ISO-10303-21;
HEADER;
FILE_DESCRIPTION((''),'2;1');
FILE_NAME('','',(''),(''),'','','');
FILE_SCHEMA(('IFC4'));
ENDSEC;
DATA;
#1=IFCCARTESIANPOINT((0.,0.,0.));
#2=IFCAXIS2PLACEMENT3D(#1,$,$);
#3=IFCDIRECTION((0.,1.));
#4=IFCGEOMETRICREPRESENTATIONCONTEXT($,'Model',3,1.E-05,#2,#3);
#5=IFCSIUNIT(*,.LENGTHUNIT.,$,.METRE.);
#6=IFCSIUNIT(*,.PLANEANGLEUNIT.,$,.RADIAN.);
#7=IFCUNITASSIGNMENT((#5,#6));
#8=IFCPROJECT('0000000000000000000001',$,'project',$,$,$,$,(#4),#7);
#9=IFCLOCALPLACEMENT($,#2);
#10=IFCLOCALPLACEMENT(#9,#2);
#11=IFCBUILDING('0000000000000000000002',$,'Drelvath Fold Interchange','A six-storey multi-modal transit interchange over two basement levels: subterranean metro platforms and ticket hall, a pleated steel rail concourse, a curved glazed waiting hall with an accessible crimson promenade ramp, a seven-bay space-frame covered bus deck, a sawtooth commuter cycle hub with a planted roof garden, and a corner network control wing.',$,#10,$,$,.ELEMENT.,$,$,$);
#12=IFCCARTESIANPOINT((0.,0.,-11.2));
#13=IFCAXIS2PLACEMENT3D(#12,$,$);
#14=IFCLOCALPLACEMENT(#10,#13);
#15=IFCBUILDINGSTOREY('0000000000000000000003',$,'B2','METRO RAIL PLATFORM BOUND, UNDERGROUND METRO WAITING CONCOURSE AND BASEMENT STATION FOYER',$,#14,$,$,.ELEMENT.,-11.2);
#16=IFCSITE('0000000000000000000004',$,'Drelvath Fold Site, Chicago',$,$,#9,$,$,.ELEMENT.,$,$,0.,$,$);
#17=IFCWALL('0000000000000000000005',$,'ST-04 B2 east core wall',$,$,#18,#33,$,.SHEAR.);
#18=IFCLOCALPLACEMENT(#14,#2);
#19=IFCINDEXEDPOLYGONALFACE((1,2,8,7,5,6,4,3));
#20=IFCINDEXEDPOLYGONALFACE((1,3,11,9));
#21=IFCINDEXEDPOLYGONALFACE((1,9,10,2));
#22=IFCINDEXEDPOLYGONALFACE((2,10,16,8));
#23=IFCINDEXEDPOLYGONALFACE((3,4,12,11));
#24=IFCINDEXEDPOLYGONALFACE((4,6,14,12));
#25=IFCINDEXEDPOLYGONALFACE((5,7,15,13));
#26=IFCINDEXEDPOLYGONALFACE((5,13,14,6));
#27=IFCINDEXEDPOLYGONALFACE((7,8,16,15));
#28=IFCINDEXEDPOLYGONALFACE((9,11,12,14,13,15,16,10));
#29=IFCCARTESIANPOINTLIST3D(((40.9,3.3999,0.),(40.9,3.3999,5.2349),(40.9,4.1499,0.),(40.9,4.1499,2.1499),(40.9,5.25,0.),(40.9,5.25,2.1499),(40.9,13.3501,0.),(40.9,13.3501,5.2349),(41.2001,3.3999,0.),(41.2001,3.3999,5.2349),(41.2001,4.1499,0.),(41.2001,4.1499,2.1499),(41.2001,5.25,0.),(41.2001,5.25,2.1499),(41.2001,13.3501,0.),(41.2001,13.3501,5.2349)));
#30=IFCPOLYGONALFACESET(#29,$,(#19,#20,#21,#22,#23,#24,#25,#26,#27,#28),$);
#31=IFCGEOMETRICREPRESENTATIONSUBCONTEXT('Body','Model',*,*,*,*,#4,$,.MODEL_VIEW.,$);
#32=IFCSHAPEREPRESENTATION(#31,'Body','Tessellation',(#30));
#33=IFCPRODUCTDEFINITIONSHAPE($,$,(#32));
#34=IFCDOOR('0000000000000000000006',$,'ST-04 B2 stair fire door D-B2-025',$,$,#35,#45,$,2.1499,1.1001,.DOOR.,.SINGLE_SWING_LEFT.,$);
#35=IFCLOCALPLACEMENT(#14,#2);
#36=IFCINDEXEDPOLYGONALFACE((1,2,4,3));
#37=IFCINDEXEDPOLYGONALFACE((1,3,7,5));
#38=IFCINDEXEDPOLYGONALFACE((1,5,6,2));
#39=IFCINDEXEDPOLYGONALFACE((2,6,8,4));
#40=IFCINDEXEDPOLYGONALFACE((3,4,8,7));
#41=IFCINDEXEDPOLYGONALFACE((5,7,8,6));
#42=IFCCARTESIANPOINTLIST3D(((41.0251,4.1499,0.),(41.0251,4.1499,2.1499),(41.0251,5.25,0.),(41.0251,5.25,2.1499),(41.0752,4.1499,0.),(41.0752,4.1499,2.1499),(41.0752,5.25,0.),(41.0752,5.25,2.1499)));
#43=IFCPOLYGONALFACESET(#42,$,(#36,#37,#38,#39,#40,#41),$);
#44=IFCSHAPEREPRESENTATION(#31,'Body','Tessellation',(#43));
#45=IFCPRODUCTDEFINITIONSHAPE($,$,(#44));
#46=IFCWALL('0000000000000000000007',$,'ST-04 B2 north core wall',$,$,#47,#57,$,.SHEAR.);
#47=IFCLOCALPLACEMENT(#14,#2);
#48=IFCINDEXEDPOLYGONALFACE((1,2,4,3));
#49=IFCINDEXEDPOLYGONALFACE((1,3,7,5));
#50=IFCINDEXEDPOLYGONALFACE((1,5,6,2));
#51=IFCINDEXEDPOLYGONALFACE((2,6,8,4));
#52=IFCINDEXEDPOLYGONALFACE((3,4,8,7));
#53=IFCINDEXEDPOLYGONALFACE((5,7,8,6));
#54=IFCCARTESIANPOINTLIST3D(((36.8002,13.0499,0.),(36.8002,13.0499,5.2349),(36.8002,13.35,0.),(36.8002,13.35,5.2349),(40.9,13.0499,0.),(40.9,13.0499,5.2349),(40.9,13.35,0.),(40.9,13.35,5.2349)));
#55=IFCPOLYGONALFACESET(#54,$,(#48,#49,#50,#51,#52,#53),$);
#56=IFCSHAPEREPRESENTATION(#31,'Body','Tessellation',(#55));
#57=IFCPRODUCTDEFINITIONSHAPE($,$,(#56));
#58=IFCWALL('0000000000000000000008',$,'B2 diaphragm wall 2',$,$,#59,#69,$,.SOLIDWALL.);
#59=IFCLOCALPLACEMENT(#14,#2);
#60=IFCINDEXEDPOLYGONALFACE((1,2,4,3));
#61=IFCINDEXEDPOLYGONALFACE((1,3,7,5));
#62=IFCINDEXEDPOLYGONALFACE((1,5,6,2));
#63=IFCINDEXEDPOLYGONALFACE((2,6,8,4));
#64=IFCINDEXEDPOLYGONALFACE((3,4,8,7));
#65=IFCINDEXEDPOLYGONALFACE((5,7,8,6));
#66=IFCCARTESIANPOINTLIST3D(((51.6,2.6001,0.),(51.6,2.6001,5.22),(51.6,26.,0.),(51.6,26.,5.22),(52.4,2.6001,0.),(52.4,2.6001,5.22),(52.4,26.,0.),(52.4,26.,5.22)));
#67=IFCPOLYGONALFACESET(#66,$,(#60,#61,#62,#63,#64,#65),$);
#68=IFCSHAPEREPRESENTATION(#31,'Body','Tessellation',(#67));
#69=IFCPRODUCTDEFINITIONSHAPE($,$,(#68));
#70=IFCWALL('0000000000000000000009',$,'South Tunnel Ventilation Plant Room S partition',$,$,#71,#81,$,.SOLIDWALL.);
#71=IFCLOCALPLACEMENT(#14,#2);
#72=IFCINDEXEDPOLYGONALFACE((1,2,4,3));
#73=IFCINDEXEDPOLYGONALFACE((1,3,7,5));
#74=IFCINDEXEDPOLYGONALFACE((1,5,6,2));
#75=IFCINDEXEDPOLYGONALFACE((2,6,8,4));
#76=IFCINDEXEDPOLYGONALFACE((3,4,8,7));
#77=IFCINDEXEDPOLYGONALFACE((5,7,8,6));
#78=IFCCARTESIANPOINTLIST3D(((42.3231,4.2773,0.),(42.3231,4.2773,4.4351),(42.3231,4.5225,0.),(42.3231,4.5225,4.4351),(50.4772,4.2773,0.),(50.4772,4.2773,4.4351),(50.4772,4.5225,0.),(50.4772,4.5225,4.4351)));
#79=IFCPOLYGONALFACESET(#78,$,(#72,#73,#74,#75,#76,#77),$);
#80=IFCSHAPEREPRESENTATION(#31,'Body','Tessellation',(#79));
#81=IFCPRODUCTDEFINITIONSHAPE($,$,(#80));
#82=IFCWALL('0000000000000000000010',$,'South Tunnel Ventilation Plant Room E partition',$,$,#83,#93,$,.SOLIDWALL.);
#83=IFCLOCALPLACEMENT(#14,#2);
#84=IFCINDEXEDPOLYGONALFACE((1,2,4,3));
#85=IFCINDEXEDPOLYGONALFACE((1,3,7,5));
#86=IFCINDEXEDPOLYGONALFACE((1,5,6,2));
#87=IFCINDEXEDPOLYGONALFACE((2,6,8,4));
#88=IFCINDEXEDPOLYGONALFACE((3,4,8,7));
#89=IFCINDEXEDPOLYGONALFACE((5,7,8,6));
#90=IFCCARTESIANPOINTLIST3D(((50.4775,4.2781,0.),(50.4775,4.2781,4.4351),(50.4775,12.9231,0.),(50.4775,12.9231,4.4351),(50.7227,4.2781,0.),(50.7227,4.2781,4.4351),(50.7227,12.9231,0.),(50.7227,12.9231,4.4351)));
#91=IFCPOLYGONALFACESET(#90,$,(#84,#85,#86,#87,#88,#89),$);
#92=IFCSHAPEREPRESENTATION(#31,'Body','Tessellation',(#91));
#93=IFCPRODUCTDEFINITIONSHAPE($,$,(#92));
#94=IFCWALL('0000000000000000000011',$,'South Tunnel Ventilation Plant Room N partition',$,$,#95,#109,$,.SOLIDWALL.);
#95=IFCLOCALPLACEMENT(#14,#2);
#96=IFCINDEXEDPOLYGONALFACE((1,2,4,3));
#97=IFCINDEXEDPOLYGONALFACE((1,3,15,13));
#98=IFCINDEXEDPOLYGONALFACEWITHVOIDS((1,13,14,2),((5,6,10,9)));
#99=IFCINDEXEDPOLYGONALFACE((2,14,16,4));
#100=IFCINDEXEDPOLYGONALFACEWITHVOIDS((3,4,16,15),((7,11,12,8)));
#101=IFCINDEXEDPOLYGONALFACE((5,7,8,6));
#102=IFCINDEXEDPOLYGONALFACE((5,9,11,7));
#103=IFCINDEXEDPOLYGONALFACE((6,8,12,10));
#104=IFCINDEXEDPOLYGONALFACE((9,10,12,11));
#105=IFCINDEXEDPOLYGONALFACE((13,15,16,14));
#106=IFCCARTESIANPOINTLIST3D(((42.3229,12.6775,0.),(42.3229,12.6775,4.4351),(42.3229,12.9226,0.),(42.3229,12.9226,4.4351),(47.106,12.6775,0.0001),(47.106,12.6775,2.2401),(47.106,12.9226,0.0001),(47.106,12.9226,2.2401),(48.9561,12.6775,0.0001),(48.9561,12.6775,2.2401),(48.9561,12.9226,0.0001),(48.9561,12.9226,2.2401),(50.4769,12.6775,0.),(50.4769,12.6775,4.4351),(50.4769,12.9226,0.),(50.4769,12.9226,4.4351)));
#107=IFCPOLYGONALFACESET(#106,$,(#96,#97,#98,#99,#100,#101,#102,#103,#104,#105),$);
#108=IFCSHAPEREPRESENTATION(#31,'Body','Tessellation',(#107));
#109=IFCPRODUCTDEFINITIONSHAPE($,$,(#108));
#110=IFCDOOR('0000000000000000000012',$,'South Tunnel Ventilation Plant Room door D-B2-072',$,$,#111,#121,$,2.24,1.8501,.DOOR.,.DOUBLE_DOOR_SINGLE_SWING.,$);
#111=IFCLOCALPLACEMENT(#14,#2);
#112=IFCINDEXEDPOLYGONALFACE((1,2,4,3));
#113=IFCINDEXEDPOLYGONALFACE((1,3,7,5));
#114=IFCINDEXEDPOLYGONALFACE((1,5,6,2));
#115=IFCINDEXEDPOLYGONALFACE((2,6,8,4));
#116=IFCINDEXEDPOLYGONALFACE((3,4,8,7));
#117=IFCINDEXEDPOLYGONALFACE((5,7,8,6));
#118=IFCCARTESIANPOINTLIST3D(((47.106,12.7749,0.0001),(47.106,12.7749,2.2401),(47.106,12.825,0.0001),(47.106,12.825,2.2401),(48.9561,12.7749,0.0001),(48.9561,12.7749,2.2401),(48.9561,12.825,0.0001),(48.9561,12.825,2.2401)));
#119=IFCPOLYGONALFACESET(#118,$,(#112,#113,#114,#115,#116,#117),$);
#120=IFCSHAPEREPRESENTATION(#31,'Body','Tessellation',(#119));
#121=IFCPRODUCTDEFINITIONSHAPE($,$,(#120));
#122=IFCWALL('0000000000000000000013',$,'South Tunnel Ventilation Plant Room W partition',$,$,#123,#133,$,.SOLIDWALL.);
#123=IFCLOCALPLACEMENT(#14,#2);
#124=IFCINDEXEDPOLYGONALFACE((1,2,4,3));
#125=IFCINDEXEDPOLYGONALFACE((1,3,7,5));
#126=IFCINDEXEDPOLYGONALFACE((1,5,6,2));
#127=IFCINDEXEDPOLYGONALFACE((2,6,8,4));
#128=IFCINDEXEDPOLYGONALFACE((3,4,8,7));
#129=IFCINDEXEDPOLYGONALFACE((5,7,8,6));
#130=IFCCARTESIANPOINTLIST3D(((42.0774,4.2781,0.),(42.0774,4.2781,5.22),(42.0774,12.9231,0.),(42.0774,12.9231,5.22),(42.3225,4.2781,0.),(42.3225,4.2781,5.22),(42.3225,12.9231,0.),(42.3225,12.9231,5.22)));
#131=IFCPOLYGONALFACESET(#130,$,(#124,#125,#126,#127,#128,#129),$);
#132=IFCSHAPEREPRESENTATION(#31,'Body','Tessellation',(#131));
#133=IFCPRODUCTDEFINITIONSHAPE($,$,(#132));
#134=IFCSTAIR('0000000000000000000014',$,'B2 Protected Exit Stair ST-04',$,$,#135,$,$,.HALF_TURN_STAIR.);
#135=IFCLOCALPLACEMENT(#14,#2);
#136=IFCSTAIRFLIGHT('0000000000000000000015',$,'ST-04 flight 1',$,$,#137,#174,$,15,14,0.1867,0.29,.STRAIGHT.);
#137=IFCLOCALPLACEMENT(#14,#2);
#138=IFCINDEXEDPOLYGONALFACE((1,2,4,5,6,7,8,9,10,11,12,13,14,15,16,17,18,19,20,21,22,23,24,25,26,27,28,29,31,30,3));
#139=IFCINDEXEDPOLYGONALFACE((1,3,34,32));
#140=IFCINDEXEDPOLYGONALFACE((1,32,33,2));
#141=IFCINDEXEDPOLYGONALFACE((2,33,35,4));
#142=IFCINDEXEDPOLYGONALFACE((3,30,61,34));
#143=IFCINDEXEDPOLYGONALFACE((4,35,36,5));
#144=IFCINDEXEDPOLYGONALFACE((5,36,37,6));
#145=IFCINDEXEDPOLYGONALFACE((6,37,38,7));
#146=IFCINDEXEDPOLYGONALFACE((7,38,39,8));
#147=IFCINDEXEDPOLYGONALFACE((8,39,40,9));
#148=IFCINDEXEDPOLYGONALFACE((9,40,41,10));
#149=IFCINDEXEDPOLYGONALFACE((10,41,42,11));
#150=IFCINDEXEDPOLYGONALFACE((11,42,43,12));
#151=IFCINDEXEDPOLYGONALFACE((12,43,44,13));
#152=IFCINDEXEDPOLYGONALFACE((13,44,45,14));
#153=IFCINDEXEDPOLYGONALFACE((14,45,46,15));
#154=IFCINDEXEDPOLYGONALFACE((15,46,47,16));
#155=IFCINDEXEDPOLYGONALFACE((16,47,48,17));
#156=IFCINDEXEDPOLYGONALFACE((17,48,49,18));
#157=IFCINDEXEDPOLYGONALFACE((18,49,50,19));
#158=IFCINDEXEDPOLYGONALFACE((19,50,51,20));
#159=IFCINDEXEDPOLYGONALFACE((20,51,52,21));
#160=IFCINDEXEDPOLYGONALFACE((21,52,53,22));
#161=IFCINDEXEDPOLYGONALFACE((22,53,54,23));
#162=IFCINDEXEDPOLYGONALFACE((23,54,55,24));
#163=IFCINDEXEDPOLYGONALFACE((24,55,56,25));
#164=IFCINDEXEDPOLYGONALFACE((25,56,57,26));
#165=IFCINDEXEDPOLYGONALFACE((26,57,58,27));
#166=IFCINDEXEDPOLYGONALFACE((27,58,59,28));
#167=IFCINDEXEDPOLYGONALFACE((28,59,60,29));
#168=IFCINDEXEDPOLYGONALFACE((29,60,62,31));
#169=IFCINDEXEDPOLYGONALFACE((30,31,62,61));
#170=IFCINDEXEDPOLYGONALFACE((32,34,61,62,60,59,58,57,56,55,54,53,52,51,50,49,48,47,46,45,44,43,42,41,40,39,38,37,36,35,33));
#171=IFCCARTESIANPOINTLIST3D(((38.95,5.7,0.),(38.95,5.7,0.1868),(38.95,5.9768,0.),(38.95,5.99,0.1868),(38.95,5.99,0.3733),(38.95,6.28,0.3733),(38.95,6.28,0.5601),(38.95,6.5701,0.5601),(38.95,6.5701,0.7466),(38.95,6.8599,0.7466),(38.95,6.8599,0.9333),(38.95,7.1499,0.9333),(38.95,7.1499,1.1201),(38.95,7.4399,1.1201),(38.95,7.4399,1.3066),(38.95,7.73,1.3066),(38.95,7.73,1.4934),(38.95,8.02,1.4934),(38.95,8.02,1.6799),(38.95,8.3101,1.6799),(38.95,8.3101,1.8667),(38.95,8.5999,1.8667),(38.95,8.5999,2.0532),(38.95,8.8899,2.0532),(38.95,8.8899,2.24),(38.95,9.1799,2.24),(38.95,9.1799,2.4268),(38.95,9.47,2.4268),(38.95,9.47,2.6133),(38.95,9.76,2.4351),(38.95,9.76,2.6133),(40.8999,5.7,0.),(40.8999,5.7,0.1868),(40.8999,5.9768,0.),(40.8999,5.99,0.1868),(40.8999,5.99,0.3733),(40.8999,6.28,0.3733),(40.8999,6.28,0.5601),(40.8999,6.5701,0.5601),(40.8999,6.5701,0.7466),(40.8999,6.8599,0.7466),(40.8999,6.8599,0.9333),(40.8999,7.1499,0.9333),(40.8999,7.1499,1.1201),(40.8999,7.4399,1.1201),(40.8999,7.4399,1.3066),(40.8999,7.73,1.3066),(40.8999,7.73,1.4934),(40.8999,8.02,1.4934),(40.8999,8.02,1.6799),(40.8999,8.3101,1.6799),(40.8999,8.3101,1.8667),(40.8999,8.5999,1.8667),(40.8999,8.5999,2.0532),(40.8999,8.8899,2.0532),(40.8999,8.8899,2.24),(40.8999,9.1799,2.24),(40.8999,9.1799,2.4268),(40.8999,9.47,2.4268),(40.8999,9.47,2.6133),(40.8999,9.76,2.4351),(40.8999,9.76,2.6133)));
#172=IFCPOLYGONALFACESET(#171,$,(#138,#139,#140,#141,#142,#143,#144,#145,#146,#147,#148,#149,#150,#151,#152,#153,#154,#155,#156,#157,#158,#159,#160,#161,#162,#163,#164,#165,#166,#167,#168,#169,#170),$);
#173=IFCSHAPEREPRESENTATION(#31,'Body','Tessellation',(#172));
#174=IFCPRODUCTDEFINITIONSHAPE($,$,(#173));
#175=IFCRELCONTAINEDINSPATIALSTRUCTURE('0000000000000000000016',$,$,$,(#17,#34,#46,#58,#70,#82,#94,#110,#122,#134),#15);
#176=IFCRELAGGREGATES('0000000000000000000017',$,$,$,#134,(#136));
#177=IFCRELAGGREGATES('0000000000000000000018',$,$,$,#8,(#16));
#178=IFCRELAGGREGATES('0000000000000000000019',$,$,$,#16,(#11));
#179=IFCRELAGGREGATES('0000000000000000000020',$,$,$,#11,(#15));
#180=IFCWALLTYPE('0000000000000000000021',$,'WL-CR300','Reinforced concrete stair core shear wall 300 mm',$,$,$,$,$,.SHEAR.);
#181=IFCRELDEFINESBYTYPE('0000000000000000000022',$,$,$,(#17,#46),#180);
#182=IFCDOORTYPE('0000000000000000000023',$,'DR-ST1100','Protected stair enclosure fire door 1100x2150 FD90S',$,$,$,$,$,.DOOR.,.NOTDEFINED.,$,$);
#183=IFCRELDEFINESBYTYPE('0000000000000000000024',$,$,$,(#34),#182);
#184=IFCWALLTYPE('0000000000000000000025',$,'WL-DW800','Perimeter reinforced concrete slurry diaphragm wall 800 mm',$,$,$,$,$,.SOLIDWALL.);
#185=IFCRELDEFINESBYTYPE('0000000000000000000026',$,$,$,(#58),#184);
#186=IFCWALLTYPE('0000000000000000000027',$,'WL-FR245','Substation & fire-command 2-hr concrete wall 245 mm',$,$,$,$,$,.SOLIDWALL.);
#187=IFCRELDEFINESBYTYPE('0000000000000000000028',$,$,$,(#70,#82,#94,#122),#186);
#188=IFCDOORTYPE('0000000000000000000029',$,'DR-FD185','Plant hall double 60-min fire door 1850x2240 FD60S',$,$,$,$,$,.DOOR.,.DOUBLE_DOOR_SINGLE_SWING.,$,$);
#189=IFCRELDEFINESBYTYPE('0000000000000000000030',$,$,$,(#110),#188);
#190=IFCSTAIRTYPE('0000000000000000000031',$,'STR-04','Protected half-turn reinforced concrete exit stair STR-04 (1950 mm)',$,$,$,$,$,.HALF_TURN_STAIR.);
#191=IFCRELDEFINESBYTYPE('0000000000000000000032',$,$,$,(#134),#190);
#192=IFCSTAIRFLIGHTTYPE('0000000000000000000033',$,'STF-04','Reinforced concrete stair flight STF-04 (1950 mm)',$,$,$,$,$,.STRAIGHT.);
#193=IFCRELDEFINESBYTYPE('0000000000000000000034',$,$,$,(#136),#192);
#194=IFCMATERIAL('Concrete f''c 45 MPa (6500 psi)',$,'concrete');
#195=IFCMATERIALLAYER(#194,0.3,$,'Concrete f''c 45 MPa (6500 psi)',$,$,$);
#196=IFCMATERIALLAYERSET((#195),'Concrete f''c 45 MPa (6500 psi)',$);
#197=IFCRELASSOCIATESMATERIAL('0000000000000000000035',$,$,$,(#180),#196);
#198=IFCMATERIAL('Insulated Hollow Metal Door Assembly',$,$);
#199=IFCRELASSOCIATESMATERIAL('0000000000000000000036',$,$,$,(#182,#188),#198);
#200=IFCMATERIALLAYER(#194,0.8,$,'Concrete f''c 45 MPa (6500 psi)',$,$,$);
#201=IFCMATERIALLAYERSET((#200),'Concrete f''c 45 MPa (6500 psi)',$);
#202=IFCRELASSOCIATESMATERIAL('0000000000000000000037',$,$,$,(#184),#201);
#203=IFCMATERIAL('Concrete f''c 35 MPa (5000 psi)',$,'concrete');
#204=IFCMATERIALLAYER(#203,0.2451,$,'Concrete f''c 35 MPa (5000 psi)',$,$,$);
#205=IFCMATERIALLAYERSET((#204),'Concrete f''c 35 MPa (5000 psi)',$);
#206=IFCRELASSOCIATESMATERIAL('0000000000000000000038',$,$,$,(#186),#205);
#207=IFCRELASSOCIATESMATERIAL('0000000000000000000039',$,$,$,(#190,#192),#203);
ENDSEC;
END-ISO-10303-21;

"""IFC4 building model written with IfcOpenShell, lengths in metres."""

from ifc_helpers import new_model, si_unit, direction, frame, frame_2d, origin, place, context, subcontext, project, spatial, polyline, rectangle, outline, extrude, material, layer, layer_set, type_object, element, fill, aggregate, save


model = new_model("IFC4")

# Units and contexts
model_context = context("Model", 3, precision=1e-05, world=origin(), true_north=direction((0.0, 1.0)))
body_context = subcontext(model_context, "Body", "Model", "MODEL_VIEW")
ifc_project = project(units=[si_unit("LENGTHUNIT", "METRE"), si_unit("PLANEANGLEUNIT", "RADIAN")], contexts=[model_context])

# Site, building, storey
site_placement = place(None, origin())
site = spatial("IfcSite", under=ifc_project, at=site_placement, Name="Drelvath Fold Site, Chicago", CompositionType="ELEMENT", RefElevation=0.0)
building_placement = place(site_placement, origin())
building = spatial("IfcBuilding", under=site, at=building_placement, Name="Drelvath Fold Interchange", Description="A six-storey multi-modal transit interchange over two basement levels: subterranean metro platforms and ticket hall, a pleated steel rail concourse, a curved glazed waiting hall with an accessible crimson promenade ramp, a seven-bay space-frame covered bus deck, a sawtooth commuter cycle hub with a planted roof garden, and a corner network control wing.", CompositionType="ELEMENT")
storey_placement = place(building_placement, frame((0.0, 0.0, -11.2)))
storey = spatial("IfcBuildingStorey", under=building, at=storey_placement, Name="B2", Description="METRO RAIL PLATFORM BOUND, UNDERGROUND METRO WAITING CONCOURSE AND BASEMENT STATION FOYER", CompositionType="ELEMENT", Elevation=-11.2)

# Shared definitions
ifc_material_1 = material(Name="Concrete f'c 45 MPa (6500 psi)", Category="concrete")

# Shared definitions
ifc_layer_1 = layer(ifc_material_1, 0.3, Name="Concrete f'c 45 MPa (6500 psi)")
ifc_layer_set_1 = layer_set([ifc_layer_1], Name="Concrete f'c 45 MPa (6500 psi)")
wall_type_1 = type_object("IfcWallType", Name="WL-CR300", Description="Reinforced concrete stair core shear wall 300 mm", PredefinedType="SHEAR", material=ifc_layer_set_1)

# Wall, opening, door
wall_1_placement = place(storey_placement, frame((41.05, 3.3999, 0.0), z_axis=(0.0, 0.0, 1.0), x_axis=(0.0, 1.0, 0.0)))
wall_1 = element("IfcWall", 1, at=wall_1_placement, inside=storey, type_object=wall_type_1, Name="ST-04 B2 east core wall", PredefinedType="SHEAR", context=body_context, shape_type="SweptSolid", body=[
    extrude(rectangle(XDim=9.9502, YDim=0.3, at=frame_2d((4.9751, 0.0))), origin(), (0.0, 0.0, 1.0), 5.2349),
])
opening_1_placement = place(wall_1_placement, frame((0.75, 0.0, 0.0)))
opening_1 = element("IfcOpeningElement", 2, at=opening_1_placement, cuts=wall_1, PredefinedType="OPENING", context=body_context, shape_type="SweptSolid", body=[
    extrude(rectangle(XDim=1.1001, YDim=2.1499, at=frame_2d((0.55, 1.075))), frame((0.0, 0.1599, 0.0), z_axis=(0.0, -1.0, 0.0), x_axis=(1.0, 0.0, 0.0)), (0.0, 0.0, 1.0), 0.3201),
])
ifc_material_2 = material(Name="Insulated Hollow Metal Door Assembly")
door_type_1 = type_object("IfcDoorType", Name="DR-ST1100", Description="Protected stair enclosure fire door 1100x2150 FD90S", OperationType="NOTDEFINED", PredefinedType="DOOR", material=ifc_material_2)
door_1_placement = place(opening_1_placement, origin())
door_1 = element("IfcDoor", 3, at=door_1_placement, inside=storey, type_object=door_type_1, Name="ST-04 B2 stair fire door D-B2-025", OperationType="SINGLE_SWING_LEFT", OverallHeight=2.1499, OverallWidth=1.1001, PredefinedType="DOOR", context=body_context, shape_type="SweptSolid", body=[
    extrude(rectangle(XDim=1.1001, YDim=2.1499, at=frame_2d((0.55, 1.075))), frame((0.0, 0.0249, 0.0), z_axis=(0.0, -1.0, 0.0), x_axis=(1.0, 0.0, 0.0)), (0.0, 0.0, 1.0), 0.05),
])
fill(opening_1, door_1)

# Walls
wall_2_placement = place(storey_placement, frame((40.8999, 13.2, 0.0), z_axis=(0.0, 0.0, 1.0), x_axis=(-1.0, 0.0, 0.0)))
element("IfcWall", 4, at=wall_2_placement, inside=storey, type_object=wall_type_1, Name="ST-04 B2 north core wall", PredefinedType="SHEAR", context=body_context, shape_type="SweptSolid", body=[
    extrude(rectangle(XDim=4.0999, YDim=0.3, at=frame_2d((2.0498, 0.0))), origin(), (0.0, 0.0, 1.0), 5.2349),
])
ifc_layer_2 = layer(ifc_material_1, 0.8, Name="Concrete f'c 45 MPa (6500 psi)")
ifc_layer_set_2 = layer_set([ifc_layer_2], Name="Concrete f'c 45 MPa (6500 psi)")
wall_type_2 = type_object("IfcWallType", Name="WL-DW800", Description="Perimeter reinforced concrete slurry diaphragm wall 800 mm", PredefinedType="SOLIDWALL", material=ifc_layer_set_2)
wall_3_placement = place(storey_placement, frame((52.0, 2.6001, 0.0), z_axis=(0.0, 0.0, 1.0), x_axis=(0.0, 1.0, 0.0)))
element("IfcWall", 5, at=wall_3_placement, inside=storey, type_object=wall_type_2, Name="B2 diaphragm wall 2", PredefinedType="SOLIDWALL", context=body_context, shape_type="SweptSolid", body=[
    extrude(rectangle(XDim=23.3999, YDim=0.8, at=frame_2d((11.7, 0.0))), origin(), (0.0, 0.0, 1.0), 5.22),
])
ifc_material_3 = material(Name="Concrete f'c 35 MPa (5000 psi)", Category="concrete")
ifc_layer_3 = layer(ifc_material_3, 0.2451, Name="Concrete f'c 35 MPa (5000 psi)")
ifc_layer_set_3 = layer_set([ifc_layer_3], Name="Concrete f'c 35 MPa (5000 psi)")
wall_type_3 = type_object("IfcWallType", Name="WL-FR245", Description="Substation & fire-command 2-hr concrete wall 245 mm", PredefinedType="SOLIDWALL", material=ifc_layer_set_3)
wall_4_placement = place(storey_placement, frame((42.323, 4.3999, 0.0), z_axis=(0.0, 0.0, 1.0), x_axis=(1.0, 0.0, 0.0)))
element("IfcWall", 6, at=wall_4_placement, inside=storey, type_object=wall_type_3, Name="South Tunnel Ventilation Plant Room S partition", PredefinedType="SOLIDWALL", context=body_context, shape_type="SweptSolid", body=[
    extrude(rectangle(XDim=8.1541, YDim=0.2451, at=frame_2d((4.0771, 0.0))), origin(), (0.0, 0.0, 1.0), 4.4351),
])
wall_5_placement = place(storey_placement, frame((50.6001, 4.2781, 0.0), z_axis=(0.0, 0.0, 1.0), x_axis=(0.0, 1.0, 0.0)))
element("IfcWall", 7, at=wall_5_placement, inside=storey, type_object=wall_type_3, Name="South Tunnel Ventilation Plant Room E partition", PredefinedType="SOLIDWALL", context=body_context, shape_type="SweptSolid", body=[
    extrude(rectangle(XDim=8.645, YDim=0.2451, at=frame_2d((4.3225, 0.0))), origin(), (0.0, 0.0, 1.0), 4.4351),
])

# Wall, opening, door
wall_6_placement = place(storey_placement, frame((50.4771, 12.8, 0.0), z_axis=(0.0, 0.0, 1.0), x_axis=(-1.0, 0.0, 0.0)))
wall_6 = element("IfcWall", 8, at=wall_6_placement, inside=storey, type_object=wall_type_3, Name="South Tunnel Ventilation Plant Room N partition", PredefinedType="SOLIDWALL", context=body_context, shape_type="SweptSolid", body=[
    extrude(rectangle(XDim=8.1541, YDim=0.2451, at=frame_2d((4.0771, 0.0))), origin(), (0.0, 0.0, 1.0), 4.4351),
])
opening_2_placement = place(wall_6_placement, frame((1.521, 0.0, 0.0)))
opening_2 = element("IfcOpeningElement", 9, at=opening_2_placement, cuts=wall_6, PredefinedType="OPENING", context=body_context, shape_type="SweptSolid", body=[
    extrude(rectangle(XDim=1.8501, YDim=2.24, at=frame_2d((0.925, 1.1201))), frame((0.0, 0.1326, 0.0), z_axis=(0.0, -1.0, 0.0), x_axis=(1.0, 0.0, 0.0)), (0.0, 0.0, 1.0), 0.2651),
])
door_type_2 = type_object("IfcDoorType", Name="DR-FD185", Description="Plant hall double 60-min fire door 1850x2240 FD60S", OperationType="DOUBLE_DOOR_SINGLE_SWING", PredefinedType="DOOR", material=ifc_material_2)
door_2_placement = place(opening_2_placement, frame((1.8501, 0.0, 0.0), z_axis=(0.0, 0.0, 1.0), x_axis=(-1.0, 0.0, 0.0)))
door_2 = element("IfcDoor", 10, at=door_2_placement, inside=storey, type_object=door_type_2, Name="South Tunnel Ventilation Plant Room door D-B2-072", OperationType="DOUBLE_DOOR_SINGLE_SWING", OverallHeight=2.24, OverallWidth=1.8501, PredefinedType="DOOR", context=body_context, shape_type="SweptSolid", body=[
    extrude(rectangle(XDim=1.8501, YDim=2.24, at=frame_2d((0.925, 1.1201))), frame((0.0, 0.0249, 0.0), z_axis=(0.0, -1.0, 0.0), x_axis=(1.0, 0.0, 0.0)), (0.0, 0.0, 1.0), 0.05),
])
fill(opening_2, door_2)

# Wall
wall_7_placement = place(storey_placement, frame((42.2, 12.9231, 0.0), z_axis=(0.0, 0.0, 1.0), x_axis=(0.0, -1.0, 0.0)))
element("IfcWall", 11, at=wall_7_placement, inside=storey, type_object=wall_type_3, Name="South Tunnel Ventilation Plant Room W partition", PredefinedType="SOLIDWALL", context=body_context, shape_type="SweptSolid", body=[
    extrude(rectangle(XDim=8.645, YDim=0.2451, at=frame_2d((4.3225, 0.0))), origin(), (0.0, 0.0, 1.0), 5.22),
])

# Stair, stair flight
stair_type = type_object("IfcStairType", Name="STR-04", Description="Protected half-turn reinforced concrete exit stair STR-04 (1950 mm)", PredefinedType="HALF_TURN_STAIR", material=ifc_material_3)
stair_placement = place(storey_placement, origin())
stair = element("IfcStair", 12, at=stair_placement, inside=storey, type_object=stair_type, Name="B2 Protected Exit Stair ST-04", PredefinedType="HALF_TURN_STAIR")
stair_flight_type = type_object("IfcStairFlightType", Name="STF-04", Description="Reinforced concrete stair flight STF-04 (1950 mm)", PredefinedType="STRAIGHT", material=ifc_material_3)
stair_flight_1_placement = place(storey_placement, frame((39.925, 5.7, 0.0), z_axis=(0.0, 0.0, 1.0), x_axis=(0.0, 1.0, 0.0)))
stair_flight_1 = element("IfcStairFlight", 13, at=stair_flight_1_placement, type_object=stair_flight_type, Name="ST-04 flight 1", NumberOfRisers=15, NumberOfTreads=14, PredefinedType="STRAIGHT", RiserHeight=0.1867, TreadLength=0.29, context=body_context, shape_type="SweptSolid", body=[
    extrude(outline(polyline([(0.0, 0.0), (0.0, 0.1868), (0.29, 0.1868), (0.29, 0.3733), (0.5801, 0.3733), (0.5801, 0.5601), (0.8701, 0.5601), (0.8701, 0.7466), (1.1599, 0.7466), (1.1599, 0.9333), (1.45, 0.9333), (1.45, 1.1201), (1.74, 1.1201), (1.74, 1.3066), (2.03, 1.3066), (2.03, 1.4934), (2.3201, 1.4934), (2.3201, 1.6799), (2.6101, 1.6799), (2.6101, 1.8667), (2.8999, 1.8667), (2.8999, 2.0532), (3.1899, 2.0532), (3.1899, 2.24), (3.48, 2.24), (3.48, 2.4268), (3.77, 2.4268), (3.77, 2.6133), (4.0601, 2.6133), (4.0601, 2.8), (4.0601, 2.4351), (0.2769, 0.0), (0.0, 0.0)])), frame((0.0, 0.9751, 0.0), z_axis=(0.0, -1.0, 0.0), x_axis=(1.0, 0.0, 0.0)), (0.0, 0.0, 1.0), 1.95),
])
aggregate(stair, [stair_flight_1])

save(model, "model.ifc")
